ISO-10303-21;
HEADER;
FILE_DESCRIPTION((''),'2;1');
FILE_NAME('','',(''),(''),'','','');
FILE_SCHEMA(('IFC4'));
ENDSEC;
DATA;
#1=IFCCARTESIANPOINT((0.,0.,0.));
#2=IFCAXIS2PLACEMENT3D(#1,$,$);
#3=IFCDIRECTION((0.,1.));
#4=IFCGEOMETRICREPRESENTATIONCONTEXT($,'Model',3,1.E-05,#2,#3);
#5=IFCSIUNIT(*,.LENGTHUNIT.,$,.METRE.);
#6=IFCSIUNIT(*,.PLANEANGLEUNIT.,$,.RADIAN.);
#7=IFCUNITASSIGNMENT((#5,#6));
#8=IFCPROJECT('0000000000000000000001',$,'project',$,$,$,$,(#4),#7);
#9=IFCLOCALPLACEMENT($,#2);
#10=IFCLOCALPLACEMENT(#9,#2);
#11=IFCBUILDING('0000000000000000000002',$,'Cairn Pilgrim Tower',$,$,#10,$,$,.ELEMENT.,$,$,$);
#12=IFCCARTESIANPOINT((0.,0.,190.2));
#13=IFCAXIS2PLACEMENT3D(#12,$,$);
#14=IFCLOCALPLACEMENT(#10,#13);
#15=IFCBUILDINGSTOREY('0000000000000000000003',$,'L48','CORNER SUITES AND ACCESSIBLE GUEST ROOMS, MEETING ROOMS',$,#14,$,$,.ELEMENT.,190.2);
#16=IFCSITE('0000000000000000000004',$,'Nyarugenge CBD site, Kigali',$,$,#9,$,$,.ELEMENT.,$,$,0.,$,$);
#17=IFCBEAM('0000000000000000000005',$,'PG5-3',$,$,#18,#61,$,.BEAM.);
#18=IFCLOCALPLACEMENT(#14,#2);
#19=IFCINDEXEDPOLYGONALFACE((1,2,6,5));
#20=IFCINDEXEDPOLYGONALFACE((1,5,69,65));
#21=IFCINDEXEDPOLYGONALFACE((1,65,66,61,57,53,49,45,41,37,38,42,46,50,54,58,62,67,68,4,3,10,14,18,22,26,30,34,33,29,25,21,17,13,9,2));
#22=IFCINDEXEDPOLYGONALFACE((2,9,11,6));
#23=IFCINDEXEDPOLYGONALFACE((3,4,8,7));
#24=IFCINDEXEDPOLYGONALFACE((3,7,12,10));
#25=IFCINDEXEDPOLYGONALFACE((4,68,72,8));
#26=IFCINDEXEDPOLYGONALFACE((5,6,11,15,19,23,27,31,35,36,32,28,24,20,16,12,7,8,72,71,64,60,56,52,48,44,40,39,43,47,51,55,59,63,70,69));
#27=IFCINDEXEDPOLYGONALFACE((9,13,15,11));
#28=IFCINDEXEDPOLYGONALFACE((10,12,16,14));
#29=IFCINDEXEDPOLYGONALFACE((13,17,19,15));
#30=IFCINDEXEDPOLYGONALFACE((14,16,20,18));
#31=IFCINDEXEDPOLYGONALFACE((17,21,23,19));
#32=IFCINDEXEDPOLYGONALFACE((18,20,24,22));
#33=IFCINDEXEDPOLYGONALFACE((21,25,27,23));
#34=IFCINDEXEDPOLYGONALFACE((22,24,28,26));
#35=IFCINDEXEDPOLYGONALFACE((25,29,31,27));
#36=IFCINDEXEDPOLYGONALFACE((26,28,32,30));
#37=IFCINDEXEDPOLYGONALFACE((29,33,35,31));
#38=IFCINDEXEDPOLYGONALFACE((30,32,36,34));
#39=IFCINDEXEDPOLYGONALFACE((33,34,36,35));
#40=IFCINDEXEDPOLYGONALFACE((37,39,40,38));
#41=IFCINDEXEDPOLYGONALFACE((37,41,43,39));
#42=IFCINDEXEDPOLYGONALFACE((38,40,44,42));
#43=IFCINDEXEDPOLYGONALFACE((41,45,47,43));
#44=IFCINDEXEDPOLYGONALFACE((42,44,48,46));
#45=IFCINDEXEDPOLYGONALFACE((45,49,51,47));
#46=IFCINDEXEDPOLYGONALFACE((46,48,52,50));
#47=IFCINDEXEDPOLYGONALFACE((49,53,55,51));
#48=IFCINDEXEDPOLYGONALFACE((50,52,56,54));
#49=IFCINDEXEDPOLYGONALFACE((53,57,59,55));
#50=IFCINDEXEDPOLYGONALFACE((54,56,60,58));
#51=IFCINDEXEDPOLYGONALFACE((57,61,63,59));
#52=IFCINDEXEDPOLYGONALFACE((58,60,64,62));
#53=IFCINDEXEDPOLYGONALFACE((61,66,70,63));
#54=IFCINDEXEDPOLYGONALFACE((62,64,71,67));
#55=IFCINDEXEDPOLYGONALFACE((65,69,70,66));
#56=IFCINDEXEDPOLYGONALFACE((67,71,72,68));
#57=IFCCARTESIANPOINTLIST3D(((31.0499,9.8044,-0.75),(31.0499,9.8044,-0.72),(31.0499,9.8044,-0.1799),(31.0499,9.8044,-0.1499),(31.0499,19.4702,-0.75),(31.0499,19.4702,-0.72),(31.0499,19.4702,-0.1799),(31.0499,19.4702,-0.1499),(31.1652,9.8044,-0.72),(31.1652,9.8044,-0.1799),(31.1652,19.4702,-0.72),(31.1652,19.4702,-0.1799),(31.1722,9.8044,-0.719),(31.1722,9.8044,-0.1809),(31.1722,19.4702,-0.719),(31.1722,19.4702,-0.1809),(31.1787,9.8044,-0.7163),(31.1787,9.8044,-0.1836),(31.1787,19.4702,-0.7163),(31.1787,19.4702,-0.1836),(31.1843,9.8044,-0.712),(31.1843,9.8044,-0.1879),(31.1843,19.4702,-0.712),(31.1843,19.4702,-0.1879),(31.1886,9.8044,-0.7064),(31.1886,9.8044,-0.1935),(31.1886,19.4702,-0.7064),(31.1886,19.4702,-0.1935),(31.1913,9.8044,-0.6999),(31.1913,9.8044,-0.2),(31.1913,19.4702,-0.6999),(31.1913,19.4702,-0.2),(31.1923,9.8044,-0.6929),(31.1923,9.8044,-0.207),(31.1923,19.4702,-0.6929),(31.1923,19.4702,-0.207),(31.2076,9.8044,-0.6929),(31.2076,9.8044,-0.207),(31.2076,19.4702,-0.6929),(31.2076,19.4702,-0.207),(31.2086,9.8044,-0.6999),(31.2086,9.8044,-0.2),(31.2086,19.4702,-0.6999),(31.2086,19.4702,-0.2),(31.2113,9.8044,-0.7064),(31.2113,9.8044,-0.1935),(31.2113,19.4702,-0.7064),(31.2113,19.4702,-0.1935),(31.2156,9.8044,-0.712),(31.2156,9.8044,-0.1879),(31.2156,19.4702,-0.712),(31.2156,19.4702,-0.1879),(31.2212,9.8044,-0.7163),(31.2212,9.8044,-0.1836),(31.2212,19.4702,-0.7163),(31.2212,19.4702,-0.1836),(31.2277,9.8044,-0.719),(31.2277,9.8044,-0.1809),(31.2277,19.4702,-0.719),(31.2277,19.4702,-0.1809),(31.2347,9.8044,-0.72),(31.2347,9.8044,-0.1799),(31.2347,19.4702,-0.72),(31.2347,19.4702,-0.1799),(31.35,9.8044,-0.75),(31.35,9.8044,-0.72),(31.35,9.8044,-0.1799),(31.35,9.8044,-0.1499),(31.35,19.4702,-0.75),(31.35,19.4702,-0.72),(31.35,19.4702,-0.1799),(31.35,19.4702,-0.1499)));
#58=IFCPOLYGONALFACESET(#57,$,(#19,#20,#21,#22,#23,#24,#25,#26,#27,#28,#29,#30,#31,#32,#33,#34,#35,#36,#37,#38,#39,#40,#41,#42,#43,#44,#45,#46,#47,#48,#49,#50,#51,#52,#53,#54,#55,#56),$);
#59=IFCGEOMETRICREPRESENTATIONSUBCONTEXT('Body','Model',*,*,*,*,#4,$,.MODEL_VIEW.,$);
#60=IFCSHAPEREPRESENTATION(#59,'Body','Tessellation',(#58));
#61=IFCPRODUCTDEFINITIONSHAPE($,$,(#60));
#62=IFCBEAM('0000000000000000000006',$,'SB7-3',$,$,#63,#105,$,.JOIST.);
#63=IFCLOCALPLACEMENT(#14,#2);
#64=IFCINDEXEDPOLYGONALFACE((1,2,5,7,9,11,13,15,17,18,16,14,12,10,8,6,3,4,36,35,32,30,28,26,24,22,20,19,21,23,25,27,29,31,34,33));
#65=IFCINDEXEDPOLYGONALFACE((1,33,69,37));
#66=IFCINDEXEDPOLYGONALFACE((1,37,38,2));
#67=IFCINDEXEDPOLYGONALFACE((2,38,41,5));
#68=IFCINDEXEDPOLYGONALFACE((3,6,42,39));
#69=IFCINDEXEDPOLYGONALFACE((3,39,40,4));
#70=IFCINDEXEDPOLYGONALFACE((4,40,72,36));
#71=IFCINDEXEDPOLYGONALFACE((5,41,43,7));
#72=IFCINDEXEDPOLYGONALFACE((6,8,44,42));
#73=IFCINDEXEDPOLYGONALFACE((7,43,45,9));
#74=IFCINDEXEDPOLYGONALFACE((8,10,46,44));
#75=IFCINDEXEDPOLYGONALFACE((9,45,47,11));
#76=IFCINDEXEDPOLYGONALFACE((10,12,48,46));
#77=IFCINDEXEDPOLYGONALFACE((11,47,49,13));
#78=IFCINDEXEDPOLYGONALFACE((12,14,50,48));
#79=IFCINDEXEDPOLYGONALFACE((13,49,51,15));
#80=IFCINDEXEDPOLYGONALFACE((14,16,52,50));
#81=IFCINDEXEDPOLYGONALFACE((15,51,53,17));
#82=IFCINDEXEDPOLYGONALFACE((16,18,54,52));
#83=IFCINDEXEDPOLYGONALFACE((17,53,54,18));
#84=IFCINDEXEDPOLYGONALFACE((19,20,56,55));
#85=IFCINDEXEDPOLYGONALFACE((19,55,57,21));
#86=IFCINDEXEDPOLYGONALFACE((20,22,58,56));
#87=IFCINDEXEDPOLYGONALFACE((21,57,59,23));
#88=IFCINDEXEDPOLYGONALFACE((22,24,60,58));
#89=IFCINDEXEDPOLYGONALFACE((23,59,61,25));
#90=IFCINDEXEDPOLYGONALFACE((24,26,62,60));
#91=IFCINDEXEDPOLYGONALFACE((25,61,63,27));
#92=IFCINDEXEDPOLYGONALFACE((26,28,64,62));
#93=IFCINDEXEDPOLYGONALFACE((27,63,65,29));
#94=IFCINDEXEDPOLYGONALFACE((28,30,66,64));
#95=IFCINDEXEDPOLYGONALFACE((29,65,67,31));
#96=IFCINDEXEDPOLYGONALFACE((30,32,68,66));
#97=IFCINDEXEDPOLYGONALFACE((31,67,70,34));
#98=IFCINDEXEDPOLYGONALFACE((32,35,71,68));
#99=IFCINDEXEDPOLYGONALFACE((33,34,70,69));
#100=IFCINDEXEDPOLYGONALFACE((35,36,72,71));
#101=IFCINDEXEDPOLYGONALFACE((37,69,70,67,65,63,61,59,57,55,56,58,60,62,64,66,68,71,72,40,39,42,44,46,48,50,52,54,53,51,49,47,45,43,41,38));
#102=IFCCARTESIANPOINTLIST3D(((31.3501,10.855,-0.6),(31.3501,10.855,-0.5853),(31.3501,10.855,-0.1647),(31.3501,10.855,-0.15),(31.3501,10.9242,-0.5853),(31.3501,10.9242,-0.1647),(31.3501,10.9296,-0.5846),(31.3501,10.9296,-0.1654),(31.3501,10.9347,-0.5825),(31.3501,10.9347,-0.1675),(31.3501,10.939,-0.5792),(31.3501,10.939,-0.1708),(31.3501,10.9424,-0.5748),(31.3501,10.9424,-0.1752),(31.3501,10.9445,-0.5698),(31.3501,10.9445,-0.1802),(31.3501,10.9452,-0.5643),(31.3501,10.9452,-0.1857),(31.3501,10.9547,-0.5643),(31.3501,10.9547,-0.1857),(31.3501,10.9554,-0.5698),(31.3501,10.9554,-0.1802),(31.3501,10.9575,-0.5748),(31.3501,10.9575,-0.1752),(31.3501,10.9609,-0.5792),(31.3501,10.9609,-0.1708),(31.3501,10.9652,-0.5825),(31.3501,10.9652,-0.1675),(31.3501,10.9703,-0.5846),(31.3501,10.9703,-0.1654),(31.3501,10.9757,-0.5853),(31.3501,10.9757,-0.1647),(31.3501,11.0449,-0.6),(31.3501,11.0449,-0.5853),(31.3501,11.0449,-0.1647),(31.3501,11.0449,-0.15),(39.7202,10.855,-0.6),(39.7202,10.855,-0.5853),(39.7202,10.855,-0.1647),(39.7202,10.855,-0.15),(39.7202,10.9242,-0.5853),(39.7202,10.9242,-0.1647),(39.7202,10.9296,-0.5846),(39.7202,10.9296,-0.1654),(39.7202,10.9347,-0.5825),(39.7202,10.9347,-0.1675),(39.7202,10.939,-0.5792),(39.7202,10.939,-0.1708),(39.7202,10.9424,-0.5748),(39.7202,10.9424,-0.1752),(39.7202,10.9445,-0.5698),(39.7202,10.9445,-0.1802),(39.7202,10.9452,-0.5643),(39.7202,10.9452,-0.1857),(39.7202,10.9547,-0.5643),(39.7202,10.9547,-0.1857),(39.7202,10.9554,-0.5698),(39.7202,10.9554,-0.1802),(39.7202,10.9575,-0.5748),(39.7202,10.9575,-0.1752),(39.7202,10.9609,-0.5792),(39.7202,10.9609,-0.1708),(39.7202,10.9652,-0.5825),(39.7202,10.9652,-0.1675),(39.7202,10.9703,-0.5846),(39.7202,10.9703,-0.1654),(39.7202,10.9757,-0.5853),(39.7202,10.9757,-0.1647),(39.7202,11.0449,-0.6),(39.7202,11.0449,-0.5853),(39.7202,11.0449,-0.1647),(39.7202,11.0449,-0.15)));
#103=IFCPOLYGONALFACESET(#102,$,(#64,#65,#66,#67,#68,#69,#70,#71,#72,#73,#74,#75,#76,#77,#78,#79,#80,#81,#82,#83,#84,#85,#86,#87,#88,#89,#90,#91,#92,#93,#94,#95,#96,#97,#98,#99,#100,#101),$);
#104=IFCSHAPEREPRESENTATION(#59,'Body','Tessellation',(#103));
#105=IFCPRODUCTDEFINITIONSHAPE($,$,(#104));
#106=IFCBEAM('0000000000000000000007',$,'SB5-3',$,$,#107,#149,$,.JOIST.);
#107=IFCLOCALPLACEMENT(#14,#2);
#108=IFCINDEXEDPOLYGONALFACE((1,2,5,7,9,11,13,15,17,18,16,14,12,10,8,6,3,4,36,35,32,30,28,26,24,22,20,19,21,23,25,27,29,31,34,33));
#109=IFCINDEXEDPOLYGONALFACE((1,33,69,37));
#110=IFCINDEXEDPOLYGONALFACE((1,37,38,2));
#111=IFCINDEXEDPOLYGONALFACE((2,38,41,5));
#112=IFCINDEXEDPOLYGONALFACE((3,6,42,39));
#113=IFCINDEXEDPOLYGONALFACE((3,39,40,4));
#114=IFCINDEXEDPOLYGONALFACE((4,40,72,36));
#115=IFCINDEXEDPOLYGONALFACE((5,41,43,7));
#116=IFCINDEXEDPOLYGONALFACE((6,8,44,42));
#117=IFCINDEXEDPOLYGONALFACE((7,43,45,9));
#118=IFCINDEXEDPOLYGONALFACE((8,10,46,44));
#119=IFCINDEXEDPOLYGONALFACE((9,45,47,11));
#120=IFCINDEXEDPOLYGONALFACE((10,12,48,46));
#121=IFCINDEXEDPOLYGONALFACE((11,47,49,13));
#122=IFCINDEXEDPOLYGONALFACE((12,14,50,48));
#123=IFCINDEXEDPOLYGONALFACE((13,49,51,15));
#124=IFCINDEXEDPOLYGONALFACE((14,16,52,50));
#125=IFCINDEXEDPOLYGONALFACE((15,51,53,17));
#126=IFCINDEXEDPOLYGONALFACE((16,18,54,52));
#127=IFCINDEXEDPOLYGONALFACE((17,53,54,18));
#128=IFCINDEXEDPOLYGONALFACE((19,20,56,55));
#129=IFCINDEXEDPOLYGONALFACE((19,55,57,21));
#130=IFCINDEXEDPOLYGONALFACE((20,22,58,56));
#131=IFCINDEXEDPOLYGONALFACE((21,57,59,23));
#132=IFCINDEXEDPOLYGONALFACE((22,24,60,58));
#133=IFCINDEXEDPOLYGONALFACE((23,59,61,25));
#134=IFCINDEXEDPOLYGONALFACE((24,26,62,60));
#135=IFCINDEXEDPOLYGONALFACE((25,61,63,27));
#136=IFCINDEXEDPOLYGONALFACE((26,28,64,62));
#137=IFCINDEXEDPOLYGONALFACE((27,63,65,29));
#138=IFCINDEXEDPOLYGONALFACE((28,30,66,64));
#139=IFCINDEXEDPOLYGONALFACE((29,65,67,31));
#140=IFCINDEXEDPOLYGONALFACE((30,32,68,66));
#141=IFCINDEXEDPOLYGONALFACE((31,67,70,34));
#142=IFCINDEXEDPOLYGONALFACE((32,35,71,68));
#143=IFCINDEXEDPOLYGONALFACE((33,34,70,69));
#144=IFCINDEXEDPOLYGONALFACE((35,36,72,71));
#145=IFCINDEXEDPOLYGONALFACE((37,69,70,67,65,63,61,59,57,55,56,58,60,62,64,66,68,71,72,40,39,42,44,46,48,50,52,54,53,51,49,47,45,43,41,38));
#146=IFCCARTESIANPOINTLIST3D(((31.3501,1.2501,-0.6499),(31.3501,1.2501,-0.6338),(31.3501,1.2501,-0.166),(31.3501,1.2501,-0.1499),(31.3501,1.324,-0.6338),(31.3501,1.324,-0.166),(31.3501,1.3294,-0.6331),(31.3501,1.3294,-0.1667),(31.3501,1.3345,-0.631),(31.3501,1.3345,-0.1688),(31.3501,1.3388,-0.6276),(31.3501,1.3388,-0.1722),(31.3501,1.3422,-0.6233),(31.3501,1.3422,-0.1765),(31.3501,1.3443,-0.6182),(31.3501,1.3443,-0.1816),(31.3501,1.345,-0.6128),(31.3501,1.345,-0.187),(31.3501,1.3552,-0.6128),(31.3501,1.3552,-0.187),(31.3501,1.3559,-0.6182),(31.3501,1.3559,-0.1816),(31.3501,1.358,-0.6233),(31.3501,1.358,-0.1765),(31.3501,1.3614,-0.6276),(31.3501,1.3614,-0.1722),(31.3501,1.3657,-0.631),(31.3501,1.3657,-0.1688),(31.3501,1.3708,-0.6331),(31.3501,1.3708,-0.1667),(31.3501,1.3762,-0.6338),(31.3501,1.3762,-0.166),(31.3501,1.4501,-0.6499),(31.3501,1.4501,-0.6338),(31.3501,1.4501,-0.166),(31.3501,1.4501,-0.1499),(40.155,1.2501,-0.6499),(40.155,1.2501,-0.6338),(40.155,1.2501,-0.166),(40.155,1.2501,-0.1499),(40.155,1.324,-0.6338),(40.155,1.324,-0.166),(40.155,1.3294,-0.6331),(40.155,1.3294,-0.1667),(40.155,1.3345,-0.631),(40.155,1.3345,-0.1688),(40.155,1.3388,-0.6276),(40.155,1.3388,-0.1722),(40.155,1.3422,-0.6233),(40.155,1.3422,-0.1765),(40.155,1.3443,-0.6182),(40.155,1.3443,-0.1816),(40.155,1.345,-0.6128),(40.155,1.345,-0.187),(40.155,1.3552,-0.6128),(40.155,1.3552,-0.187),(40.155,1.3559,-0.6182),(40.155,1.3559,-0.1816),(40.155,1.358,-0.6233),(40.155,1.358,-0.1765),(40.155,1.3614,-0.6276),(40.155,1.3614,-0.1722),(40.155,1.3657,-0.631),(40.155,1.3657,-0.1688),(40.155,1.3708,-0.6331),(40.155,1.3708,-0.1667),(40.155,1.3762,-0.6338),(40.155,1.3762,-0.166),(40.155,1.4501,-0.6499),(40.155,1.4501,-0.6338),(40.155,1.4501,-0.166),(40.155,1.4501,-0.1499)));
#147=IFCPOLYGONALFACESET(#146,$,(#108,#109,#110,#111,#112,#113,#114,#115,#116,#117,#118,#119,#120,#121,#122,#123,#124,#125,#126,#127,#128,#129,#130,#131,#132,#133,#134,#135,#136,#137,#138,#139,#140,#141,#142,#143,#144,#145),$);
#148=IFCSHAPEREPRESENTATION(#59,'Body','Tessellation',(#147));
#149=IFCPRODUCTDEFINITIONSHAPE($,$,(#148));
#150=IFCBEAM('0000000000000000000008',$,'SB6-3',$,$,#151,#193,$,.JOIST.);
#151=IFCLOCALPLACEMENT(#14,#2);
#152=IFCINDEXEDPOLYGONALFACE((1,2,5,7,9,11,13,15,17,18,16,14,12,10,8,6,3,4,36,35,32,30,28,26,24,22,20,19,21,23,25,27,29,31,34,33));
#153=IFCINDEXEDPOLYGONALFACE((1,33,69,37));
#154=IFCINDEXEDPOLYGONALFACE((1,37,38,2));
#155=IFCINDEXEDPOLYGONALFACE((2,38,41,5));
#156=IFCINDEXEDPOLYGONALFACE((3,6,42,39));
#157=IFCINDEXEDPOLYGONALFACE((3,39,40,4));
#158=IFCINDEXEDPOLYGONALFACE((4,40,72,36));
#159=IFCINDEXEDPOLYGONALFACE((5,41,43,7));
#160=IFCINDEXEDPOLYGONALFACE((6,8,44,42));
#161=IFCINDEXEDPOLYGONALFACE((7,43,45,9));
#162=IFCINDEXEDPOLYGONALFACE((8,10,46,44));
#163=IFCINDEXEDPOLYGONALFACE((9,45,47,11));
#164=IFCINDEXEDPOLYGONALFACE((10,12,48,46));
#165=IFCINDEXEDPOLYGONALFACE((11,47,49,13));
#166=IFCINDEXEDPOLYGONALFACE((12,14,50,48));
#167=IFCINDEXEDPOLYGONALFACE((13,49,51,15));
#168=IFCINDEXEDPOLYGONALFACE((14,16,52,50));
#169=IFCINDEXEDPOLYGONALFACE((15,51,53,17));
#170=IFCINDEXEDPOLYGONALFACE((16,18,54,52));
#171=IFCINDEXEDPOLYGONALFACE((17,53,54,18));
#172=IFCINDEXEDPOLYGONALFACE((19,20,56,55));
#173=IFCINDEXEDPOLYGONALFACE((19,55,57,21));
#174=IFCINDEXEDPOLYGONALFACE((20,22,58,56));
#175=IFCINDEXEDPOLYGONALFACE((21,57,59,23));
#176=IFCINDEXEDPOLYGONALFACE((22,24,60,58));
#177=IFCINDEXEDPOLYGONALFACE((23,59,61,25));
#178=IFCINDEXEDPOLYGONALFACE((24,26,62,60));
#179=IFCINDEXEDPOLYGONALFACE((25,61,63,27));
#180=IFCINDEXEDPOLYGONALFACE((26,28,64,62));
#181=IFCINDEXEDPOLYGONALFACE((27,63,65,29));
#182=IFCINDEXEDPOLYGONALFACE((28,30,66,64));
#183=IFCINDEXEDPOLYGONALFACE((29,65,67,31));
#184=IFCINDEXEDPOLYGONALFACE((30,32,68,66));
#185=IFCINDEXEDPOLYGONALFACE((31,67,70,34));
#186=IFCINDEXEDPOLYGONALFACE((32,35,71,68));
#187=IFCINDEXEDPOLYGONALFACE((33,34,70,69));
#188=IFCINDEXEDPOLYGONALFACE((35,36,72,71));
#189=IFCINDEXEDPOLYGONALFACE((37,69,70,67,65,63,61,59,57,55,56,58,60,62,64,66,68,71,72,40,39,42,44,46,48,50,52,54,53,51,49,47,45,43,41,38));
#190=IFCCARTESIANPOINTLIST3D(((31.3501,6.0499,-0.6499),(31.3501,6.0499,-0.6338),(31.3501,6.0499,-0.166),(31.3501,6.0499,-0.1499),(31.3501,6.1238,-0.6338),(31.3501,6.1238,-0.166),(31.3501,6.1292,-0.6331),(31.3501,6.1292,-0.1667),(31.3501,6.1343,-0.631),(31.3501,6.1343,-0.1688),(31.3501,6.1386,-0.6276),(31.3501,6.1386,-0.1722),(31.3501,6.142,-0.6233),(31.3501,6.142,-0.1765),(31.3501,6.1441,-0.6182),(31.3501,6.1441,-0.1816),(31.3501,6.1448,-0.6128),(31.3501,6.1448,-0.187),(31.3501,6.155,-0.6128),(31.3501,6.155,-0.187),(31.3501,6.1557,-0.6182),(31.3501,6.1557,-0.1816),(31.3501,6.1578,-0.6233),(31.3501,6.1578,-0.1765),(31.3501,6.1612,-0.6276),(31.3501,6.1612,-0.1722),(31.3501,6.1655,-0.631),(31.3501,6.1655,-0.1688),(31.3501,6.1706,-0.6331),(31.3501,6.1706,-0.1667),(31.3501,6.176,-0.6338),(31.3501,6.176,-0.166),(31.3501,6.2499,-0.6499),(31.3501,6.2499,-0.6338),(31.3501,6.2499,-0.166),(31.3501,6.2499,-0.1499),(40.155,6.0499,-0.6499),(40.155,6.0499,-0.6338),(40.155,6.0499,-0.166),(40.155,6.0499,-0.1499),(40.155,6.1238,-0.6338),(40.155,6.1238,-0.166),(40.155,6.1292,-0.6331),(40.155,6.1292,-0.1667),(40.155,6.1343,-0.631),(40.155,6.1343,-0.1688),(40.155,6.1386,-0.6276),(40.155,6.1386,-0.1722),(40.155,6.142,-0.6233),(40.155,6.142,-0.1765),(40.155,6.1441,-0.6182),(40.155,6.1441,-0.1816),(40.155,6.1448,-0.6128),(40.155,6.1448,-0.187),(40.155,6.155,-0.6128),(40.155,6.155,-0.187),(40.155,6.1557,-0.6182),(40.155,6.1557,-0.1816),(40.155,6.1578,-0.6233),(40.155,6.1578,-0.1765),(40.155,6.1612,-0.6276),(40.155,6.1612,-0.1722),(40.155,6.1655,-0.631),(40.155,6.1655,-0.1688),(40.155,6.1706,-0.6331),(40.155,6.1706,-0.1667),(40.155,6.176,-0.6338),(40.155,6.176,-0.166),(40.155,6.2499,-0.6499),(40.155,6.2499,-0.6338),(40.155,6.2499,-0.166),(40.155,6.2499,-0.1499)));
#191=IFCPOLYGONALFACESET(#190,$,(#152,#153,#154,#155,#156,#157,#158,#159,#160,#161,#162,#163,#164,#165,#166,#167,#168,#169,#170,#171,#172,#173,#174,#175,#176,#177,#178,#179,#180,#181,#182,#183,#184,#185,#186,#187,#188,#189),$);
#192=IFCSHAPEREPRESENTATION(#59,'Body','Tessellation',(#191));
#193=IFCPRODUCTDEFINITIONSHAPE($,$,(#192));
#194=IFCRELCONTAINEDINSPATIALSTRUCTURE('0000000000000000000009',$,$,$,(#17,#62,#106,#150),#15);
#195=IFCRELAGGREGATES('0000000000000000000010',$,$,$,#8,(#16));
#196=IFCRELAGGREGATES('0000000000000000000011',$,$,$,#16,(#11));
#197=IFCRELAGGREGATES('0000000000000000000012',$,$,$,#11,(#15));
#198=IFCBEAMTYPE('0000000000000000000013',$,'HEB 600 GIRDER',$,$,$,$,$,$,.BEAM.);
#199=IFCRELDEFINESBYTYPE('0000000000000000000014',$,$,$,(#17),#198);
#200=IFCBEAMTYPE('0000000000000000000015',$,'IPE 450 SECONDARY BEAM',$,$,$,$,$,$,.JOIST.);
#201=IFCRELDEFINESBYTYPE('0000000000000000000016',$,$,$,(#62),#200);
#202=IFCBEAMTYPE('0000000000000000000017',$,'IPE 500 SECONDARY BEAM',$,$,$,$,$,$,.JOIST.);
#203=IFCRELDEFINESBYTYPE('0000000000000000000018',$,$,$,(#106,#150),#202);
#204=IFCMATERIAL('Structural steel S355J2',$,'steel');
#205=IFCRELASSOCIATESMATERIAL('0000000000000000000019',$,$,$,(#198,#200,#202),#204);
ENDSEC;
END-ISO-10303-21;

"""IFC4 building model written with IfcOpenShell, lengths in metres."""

from ifc_helpers import new_model, si_unit, direction, frame, origin, origin_2d, place, context, subcontext, project, spatial, i_section, extrude, material, material_profile, profile_set, type_object, element, save


model = new_model("IFC4")

# Units and contexts
model_context = context("Model", 3, precision=1e-05, world=origin(), true_north=direction((0.0, 1.0)))
body_context = subcontext(model_context, "Body", "Model", "MODEL_VIEW")
ifc_project = project(units=[si_unit("LENGTHUNIT", "METRE"), si_unit("PLANEANGLEUNIT", "RADIAN")], contexts=[model_context])

# Site, building, storey
site_placement = place(None, origin())
site = spatial("IfcSite", under=ifc_project, at=site_placement, Name="Nyarugenge CBD site, Kigali", CompositionType="ELEMENT", RefElevation=0.0)
building_placement = place(site_placement, origin())
building = spatial("IfcBuilding", under=site, at=building_placement, Name="Cairn Pilgrim Tower", CompositionType="ELEMENT")
storey_placement = place(building_placement, frame((0.0, 0.0, 190.2)))
storey = spatial("IfcBuildingStorey", under=building, at=storey_placement, Name="L48", Description="CORNER SUITES AND ACCESSIBLE GUEST ROOMS, MEETING ROOMS", CompositionType="ELEMENT", Elevation=190.2)

# Beams
ifc_material_1 = material(Name="Structural steel S355J2", Category="steel")
ifc_material_profile_1 = material_profile(ifc_material_1, i_section(OverallWidth=0.3, OverallDepth=0.6001, WebThickness=0.0154, FlangeThickness=0.03, FilletRadius=0.0271, at=origin_2d()), Name="HEB 600")
ifc_profile_set_1 = profile_set([ifc_material_profile_1], Name="Structural steel S355J2")
beam_type_1 = type_object("IfcBeamType", Name="HEB 600 GIRDER", PredefinedType="BEAM", material=ifc_profile_set_1)
beam_1_placement = place(storey_placement, frame((31.2, 9.8044, -0.45), z_axis=(0.0, 1.0, 0.0), x_axis=(-1.0, 0.0, 0.0)))
element("IfcBeam", 1, at=beam_1_placement, inside=storey, type_object=beam_type_1, Name="PG5-3", PredefinedType="BEAM", context=body_context, shape_type="SweptSolid", body=[
    extrude(i_section(OverallWidth=0.3, OverallDepth=0.6001, WebThickness=0.0154, FlangeThickness=0.03, FilletRadius=0.0271, at=origin_2d()), origin(), (0.0, 0.0, 1.0), 9.6658),
])
ifc_material_profile_2 = material_profile(ifc_material_1, i_section(OverallWidth=0.1899, OverallDepth=0.45, WebThickness=0.0095, FlangeThickness=0.0146, FilletRadius=0.021, at=origin_2d()), Name="IPE 450")
ifc_profile_set_2 = profile_set([ifc_material_profile_2], Name="Structural steel S355J2")
beam_type_2 = type_object("IfcBeamType", Name="IPE 450 SECONDARY BEAM", PredefinedType="JOIST", material=ifc_profile_set_2)
beam_2_placement = place(storey_placement, frame((31.3501, 10.95, -0.375), z_axis=(1.0, 0.0, 0.0), x_axis=(0.0, 1.0, 0.0)))
element("IfcBeam", 2, at=beam_2_placement, inside=storey, type_object=beam_type_2, Name="SB7-3", PredefinedType="JOIST", context=body_context, shape_type="SweptSolid", body=[
    extrude(i_section(OverallWidth=0.1899, OverallDepth=0.45, WebThickness=0.0095, FlangeThickness=0.0146, FilletRadius=0.021, at=origin_2d()), origin(), (0.0, 0.0, 1.0), 8.3701),
])
ifc_material_profile_3 = material_profile(ifc_material_1, i_section(OverallWidth=0.2, OverallDepth=0.5, WebThickness=0.0103, FlangeThickness=0.0161, FilletRadius=0.021, at=origin_2d()), Name="IPE 500")
ifc_profile_set_3 = profile_set([ifc_material_profile_3], Name="Structural steel S355J2")
beam_type_3 = type_object("IfcBeamType", Name="IPE 500 SECONDARY BEAM", PredefinedType="JOIST", material=ifc_profile_set_3)
for number, where, z_axis, x_axis, name in (
    (3, (31.3501, 1.3501, -0.3999), (1.0, 0.0, 0.0), (0.0, 1.0, 0.0), "SB5-3"),
    (4, (31.3501, 6.1499, -0.3999), (1.0, 0.0, 0.0), (0.0, 1.0, 0.0), "SB6-3"),
):
    element("IfcBeam", number, at=place(storey_placement, frame(where, z_axis=z_axis, x_axis=x_axis)), inside=storey, type_object=beam_type_3, Name=name, PredefinedType="JOIST", context=body_context, shape_type="SweptSolid", body=[
        extrude(i_section(OverallWidth=0.2, OverallDepth=0.5, WebThickness=0.0103, FlangeThickness=0.0161, FilletRadius=0.021, at=origin_2d()), origin(), (0.0, 0.0, 1.0), 8.8049),
    ])

save(model, "model.ifc")
